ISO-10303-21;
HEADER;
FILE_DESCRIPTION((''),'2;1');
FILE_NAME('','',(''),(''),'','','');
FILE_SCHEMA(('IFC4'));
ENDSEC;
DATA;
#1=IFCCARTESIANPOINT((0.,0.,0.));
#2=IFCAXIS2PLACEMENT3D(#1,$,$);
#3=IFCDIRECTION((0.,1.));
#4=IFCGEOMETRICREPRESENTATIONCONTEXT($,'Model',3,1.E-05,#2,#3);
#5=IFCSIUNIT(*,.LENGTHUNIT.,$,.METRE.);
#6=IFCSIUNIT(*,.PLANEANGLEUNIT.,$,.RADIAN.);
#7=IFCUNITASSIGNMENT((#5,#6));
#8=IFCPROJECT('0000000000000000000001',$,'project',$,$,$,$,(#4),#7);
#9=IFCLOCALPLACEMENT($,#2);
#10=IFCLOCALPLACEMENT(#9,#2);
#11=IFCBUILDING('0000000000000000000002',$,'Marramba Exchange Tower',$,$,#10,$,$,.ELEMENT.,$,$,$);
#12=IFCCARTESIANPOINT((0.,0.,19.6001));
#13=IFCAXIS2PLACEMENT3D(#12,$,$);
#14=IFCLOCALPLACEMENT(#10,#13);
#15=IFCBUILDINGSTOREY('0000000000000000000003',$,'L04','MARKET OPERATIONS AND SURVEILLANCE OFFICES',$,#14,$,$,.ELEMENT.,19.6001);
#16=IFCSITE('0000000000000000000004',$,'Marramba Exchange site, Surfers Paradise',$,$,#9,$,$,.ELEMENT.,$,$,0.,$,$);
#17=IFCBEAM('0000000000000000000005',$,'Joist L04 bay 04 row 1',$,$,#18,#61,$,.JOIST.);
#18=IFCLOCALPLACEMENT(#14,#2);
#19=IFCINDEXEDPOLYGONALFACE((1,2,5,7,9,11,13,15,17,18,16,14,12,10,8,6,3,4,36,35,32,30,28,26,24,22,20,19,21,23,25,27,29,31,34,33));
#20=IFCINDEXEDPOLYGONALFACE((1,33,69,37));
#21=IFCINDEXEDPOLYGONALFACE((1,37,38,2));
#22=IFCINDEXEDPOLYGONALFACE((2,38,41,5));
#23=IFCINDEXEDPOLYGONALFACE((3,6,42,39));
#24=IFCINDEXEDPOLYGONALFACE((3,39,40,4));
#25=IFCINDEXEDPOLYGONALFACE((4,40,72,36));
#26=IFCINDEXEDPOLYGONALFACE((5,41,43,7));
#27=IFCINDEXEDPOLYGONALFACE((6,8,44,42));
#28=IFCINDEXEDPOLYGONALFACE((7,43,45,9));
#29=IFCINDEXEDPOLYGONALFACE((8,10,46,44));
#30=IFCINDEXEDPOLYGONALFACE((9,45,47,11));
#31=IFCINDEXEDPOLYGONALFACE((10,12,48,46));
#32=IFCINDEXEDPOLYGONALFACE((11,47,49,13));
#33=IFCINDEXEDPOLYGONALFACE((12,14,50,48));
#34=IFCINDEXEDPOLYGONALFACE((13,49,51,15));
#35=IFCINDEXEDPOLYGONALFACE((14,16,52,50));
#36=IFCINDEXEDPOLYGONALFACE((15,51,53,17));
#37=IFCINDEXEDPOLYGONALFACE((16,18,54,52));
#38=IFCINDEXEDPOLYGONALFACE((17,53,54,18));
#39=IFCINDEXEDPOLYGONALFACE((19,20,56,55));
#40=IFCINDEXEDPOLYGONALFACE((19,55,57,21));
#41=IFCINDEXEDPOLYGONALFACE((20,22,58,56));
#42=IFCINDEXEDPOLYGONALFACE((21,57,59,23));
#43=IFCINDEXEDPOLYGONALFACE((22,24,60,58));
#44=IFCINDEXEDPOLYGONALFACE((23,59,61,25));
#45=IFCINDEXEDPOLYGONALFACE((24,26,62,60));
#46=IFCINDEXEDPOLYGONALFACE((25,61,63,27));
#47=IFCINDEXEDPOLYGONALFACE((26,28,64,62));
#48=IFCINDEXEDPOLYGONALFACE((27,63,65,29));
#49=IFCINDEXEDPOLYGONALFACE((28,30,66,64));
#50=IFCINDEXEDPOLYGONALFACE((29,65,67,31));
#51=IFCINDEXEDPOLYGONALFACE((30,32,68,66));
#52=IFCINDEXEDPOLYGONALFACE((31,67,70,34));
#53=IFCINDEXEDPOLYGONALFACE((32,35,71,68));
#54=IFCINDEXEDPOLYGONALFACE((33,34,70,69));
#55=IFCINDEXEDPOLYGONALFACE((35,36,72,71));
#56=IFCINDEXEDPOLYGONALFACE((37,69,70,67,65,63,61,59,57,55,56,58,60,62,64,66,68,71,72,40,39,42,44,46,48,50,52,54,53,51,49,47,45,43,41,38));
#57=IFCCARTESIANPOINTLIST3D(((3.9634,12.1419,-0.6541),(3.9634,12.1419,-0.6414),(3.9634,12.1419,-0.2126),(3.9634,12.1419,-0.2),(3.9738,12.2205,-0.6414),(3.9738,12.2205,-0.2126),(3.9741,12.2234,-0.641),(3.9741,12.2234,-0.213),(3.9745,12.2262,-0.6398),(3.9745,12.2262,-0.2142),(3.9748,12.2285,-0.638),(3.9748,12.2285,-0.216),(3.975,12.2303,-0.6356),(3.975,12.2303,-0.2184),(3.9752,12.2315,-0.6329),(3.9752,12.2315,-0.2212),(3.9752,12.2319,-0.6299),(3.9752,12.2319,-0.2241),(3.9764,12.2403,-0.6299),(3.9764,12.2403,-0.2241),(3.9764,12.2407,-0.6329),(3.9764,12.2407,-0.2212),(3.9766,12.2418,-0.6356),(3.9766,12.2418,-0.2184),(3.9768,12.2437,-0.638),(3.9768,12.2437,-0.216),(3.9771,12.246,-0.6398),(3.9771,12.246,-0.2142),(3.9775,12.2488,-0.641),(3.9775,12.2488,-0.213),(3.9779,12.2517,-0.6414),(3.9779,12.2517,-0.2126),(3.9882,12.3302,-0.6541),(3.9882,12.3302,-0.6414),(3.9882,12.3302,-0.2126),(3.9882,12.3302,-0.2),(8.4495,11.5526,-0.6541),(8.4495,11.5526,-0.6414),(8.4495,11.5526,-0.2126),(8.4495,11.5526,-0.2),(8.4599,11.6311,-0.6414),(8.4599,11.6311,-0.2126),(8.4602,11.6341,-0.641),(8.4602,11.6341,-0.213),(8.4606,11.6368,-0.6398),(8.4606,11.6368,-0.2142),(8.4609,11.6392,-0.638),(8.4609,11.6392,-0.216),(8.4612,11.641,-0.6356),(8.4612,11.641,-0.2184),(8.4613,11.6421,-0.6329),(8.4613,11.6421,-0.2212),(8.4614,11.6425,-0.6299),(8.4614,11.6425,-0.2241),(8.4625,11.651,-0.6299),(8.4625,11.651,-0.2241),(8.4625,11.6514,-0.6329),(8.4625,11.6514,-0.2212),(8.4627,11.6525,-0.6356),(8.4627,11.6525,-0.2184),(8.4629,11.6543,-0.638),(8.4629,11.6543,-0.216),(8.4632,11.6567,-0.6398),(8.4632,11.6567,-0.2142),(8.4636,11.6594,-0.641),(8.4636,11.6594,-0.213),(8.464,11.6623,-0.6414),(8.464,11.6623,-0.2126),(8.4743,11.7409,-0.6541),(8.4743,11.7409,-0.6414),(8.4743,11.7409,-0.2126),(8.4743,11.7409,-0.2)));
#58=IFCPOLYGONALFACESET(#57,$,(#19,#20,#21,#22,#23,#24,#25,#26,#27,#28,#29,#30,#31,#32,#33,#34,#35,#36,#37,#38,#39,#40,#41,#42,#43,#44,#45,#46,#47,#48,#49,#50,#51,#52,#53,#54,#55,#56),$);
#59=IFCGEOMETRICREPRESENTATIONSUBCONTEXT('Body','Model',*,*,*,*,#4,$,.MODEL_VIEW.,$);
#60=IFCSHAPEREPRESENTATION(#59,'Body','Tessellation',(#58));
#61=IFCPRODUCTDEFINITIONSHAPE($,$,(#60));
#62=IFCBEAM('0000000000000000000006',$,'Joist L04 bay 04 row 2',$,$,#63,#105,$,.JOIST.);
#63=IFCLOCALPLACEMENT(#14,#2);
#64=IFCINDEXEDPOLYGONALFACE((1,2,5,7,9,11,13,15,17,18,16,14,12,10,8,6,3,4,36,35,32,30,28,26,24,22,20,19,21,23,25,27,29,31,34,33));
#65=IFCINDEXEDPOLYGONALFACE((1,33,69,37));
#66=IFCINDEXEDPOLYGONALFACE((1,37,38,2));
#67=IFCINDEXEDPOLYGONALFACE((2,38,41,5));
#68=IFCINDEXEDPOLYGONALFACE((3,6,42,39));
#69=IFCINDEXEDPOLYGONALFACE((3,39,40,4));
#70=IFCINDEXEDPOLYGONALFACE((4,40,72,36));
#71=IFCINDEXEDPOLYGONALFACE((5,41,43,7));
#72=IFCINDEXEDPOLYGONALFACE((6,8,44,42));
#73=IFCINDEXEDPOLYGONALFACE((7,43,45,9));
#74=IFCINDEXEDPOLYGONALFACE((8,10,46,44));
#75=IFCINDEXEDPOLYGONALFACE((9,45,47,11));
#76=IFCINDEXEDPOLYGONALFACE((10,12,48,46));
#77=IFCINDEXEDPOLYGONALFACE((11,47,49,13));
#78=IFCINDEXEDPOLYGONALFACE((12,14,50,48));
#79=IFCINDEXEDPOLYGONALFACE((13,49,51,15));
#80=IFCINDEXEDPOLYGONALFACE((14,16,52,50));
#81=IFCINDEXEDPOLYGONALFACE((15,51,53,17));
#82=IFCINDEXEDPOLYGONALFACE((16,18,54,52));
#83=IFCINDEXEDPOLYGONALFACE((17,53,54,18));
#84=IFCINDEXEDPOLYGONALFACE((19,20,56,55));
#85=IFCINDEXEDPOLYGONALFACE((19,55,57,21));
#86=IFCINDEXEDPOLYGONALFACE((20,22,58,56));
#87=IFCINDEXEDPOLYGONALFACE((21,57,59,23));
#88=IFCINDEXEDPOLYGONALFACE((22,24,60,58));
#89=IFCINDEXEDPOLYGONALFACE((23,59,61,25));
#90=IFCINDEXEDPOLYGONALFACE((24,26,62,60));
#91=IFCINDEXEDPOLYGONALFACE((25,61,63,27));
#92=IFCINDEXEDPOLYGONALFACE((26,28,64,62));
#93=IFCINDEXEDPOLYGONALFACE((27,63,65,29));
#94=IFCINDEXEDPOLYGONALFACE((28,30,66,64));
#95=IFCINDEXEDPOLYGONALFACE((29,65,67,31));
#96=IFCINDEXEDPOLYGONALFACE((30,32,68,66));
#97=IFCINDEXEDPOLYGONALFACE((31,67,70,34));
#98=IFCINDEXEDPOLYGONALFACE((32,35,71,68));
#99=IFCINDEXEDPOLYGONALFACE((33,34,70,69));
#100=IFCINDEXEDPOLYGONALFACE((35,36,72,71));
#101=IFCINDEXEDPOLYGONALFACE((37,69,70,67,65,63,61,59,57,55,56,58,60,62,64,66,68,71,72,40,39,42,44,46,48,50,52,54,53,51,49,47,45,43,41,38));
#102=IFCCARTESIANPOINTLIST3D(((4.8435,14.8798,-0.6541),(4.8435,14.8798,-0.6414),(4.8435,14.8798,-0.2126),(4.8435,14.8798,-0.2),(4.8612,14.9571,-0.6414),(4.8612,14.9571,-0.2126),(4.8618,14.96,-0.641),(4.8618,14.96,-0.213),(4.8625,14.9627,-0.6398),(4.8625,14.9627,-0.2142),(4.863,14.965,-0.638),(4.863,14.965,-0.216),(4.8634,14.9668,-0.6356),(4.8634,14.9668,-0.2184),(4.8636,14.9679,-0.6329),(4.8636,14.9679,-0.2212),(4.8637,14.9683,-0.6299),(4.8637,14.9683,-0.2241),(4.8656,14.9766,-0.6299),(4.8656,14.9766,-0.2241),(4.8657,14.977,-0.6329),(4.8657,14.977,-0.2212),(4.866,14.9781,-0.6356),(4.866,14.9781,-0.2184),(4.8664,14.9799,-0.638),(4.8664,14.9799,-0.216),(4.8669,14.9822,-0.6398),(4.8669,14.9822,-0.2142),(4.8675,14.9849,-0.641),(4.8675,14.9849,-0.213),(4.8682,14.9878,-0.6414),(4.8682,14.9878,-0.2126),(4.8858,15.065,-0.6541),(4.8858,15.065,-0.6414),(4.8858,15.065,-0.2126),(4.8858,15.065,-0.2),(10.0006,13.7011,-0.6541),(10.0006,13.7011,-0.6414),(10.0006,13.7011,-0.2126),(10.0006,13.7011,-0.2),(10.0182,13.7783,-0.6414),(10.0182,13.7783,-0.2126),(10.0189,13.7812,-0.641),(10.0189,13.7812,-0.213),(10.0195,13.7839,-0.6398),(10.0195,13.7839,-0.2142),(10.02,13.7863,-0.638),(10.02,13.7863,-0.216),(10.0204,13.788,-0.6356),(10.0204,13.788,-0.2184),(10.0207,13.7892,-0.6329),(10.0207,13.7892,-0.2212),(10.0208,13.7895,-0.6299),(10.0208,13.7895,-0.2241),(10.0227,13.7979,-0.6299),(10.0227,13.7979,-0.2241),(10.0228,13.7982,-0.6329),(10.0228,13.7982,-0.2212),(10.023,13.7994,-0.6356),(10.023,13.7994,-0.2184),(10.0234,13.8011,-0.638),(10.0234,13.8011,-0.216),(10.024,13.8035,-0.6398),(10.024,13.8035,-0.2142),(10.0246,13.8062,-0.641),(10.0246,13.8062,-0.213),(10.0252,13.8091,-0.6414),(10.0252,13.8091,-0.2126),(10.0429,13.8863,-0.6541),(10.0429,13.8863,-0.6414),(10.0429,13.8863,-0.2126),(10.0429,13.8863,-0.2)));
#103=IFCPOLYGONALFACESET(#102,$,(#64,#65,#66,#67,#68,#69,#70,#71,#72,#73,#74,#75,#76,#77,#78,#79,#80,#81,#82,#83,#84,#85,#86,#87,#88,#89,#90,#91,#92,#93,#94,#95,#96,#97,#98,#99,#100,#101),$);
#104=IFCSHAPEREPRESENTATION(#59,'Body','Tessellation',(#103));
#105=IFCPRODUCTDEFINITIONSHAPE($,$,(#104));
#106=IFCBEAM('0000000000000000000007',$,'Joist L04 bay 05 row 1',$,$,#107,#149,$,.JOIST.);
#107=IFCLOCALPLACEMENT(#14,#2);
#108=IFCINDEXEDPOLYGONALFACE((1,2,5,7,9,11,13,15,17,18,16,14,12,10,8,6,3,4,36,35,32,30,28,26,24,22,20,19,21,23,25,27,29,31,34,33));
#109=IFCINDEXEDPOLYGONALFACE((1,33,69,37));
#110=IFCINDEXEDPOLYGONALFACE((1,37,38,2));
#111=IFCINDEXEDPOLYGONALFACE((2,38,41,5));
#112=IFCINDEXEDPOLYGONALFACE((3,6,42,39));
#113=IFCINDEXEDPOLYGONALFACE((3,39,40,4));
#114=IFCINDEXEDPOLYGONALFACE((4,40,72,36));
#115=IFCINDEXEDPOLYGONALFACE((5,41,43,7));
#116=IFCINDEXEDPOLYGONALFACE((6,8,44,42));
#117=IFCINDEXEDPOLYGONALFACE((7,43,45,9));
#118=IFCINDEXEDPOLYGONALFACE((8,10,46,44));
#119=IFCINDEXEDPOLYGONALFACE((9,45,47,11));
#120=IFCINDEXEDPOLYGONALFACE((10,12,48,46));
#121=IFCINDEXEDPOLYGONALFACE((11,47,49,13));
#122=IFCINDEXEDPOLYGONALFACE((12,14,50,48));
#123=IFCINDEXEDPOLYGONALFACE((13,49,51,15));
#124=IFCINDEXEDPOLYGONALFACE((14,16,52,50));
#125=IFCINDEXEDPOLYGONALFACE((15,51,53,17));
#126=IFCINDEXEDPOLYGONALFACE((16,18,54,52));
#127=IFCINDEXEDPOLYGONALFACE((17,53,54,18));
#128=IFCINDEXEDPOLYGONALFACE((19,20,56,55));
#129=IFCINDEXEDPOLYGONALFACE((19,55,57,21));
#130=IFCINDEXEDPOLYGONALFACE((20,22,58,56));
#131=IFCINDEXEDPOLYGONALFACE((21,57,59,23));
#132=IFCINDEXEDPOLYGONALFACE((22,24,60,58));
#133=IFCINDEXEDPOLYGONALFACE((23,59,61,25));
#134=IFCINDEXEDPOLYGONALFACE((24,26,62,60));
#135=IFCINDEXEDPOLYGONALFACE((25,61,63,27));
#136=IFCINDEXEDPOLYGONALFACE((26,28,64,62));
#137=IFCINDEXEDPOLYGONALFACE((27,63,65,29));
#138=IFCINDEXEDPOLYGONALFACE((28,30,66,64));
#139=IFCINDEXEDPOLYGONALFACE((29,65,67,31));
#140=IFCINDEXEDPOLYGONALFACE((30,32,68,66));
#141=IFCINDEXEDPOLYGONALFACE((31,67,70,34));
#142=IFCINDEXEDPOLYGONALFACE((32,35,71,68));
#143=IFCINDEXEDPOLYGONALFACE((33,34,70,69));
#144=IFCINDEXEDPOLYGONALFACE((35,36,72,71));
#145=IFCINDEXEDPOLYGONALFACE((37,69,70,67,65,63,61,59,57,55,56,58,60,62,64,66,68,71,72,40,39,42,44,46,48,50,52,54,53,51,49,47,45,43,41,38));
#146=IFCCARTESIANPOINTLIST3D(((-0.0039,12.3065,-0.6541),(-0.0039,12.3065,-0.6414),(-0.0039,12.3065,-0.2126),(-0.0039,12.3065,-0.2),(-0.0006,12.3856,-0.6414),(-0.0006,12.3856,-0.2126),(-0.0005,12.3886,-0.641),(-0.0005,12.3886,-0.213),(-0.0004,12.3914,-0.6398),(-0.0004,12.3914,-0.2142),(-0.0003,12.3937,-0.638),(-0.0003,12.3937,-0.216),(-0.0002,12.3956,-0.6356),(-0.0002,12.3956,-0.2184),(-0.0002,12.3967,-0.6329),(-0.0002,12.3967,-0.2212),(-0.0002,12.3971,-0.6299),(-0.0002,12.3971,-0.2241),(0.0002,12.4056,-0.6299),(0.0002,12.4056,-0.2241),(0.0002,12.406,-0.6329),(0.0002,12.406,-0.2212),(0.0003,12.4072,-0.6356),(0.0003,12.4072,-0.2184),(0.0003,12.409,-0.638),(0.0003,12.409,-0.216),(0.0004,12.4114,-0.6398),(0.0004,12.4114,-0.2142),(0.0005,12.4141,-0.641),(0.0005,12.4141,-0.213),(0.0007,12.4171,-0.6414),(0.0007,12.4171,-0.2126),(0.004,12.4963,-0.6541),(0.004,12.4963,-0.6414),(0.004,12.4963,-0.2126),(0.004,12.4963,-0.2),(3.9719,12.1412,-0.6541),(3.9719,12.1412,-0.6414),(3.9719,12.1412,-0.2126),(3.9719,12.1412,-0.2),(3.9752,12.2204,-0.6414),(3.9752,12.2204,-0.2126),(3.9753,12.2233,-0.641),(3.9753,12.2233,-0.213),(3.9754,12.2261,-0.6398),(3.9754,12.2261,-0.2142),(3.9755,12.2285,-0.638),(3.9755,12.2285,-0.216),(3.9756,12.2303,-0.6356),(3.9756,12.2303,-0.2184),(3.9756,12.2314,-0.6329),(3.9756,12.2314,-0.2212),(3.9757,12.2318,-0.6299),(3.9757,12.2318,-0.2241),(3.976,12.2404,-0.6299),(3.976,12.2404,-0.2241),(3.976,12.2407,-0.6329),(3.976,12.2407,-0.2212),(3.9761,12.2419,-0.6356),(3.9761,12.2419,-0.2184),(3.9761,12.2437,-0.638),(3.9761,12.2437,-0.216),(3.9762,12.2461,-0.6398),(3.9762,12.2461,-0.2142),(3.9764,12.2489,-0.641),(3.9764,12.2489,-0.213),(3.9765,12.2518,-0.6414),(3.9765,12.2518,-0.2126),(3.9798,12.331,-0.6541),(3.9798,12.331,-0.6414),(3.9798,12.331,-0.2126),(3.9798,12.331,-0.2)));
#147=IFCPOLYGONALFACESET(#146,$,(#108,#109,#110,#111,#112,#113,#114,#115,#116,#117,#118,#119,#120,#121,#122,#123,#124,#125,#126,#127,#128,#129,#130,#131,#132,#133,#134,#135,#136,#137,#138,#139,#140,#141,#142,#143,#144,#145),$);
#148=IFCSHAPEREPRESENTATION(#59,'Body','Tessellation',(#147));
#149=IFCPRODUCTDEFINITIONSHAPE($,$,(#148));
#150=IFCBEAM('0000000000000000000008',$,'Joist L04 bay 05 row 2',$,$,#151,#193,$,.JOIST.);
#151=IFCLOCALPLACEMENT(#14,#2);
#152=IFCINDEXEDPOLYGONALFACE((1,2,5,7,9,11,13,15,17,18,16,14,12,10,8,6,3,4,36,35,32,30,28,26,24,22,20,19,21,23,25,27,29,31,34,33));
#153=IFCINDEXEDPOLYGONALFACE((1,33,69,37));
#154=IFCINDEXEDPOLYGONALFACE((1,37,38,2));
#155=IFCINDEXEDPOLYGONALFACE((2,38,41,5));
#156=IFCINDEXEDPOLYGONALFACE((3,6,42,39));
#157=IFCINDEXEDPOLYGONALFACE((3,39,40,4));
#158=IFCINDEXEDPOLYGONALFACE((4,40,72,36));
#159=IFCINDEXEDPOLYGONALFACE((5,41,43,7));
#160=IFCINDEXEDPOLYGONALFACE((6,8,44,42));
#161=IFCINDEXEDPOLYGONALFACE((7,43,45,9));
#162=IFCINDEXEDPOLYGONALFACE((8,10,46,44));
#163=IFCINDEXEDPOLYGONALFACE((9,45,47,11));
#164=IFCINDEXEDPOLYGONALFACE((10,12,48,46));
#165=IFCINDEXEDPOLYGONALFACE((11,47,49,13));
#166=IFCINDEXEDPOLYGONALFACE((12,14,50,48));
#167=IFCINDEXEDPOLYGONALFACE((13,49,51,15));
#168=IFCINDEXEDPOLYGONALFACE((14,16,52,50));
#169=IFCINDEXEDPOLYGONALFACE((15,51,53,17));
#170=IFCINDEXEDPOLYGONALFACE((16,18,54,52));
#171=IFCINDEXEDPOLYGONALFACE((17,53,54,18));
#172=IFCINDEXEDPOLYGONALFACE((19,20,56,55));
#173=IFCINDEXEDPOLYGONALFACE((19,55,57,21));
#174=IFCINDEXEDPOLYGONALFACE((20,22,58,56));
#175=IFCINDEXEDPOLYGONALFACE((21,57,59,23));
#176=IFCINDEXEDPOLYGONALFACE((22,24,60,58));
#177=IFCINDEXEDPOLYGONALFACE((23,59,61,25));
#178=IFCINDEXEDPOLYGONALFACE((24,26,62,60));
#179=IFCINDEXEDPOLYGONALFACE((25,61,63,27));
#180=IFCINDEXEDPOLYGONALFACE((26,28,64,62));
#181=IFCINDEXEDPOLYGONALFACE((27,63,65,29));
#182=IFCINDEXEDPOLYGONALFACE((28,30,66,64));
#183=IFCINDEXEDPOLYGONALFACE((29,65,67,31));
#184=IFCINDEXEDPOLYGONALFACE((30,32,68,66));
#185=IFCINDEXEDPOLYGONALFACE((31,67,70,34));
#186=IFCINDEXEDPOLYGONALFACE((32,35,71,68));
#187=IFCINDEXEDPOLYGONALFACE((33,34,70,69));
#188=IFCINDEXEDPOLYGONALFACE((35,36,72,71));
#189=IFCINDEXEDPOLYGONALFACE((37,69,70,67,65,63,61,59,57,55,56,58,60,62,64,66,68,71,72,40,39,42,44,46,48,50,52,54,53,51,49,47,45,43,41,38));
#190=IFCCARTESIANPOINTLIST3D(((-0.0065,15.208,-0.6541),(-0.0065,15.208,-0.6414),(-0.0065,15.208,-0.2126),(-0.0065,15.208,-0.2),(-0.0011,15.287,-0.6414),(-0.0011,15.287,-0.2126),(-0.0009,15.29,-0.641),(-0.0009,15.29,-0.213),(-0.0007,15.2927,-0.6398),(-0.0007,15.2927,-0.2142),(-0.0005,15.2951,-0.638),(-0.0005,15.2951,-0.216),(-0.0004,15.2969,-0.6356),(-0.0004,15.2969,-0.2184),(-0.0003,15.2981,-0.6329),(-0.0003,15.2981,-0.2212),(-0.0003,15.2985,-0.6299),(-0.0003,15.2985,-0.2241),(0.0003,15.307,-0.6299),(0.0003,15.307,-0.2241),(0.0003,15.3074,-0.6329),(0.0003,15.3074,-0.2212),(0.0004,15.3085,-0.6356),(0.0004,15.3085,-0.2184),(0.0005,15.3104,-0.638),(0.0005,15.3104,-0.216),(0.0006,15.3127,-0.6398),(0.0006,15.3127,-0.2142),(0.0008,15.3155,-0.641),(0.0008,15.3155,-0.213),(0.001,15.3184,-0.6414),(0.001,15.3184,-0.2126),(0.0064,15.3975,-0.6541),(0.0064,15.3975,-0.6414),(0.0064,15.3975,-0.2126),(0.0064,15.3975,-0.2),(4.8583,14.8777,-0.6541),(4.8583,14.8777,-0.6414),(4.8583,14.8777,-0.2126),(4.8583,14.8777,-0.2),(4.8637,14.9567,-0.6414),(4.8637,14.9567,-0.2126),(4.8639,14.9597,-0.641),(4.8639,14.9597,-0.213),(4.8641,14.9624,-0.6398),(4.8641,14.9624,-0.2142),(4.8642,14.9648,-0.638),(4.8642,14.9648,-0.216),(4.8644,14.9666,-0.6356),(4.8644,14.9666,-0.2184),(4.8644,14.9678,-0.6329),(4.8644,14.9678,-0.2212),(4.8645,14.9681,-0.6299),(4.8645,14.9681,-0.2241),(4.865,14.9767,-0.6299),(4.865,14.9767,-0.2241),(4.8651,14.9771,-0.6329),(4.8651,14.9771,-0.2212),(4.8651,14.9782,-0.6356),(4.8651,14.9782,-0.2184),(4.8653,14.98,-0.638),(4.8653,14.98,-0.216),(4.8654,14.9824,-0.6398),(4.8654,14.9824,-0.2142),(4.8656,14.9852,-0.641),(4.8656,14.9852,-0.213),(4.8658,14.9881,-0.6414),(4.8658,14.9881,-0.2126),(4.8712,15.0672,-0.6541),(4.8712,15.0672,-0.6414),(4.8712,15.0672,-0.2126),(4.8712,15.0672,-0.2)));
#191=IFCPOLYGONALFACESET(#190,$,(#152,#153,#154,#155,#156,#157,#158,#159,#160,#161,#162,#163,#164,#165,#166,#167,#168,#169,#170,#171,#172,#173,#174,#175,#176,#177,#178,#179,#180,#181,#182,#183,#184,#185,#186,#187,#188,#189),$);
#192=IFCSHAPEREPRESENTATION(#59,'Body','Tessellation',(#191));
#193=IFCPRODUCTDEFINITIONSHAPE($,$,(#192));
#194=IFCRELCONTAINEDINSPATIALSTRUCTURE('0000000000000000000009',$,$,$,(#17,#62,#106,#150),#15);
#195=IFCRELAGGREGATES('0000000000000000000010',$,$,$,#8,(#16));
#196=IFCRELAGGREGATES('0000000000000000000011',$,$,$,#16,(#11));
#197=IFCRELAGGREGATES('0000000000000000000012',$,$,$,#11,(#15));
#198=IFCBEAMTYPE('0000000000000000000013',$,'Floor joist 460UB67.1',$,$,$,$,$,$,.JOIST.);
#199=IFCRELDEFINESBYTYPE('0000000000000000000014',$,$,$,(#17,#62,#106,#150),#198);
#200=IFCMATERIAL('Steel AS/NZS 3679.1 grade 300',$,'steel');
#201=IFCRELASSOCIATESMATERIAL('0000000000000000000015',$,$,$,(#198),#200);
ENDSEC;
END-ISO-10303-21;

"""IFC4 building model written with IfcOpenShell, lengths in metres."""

from ifc_helpers import new_model, si_unit, direction, frame, origin, origin_2d, place, context, subcontext, project, spatial, i_section, extrude, material, material_profile, profile_set, type_object, element, save


model = new_model("IFC4")

# Units and contexts
model_context = context("Model", 3, precision=1e-05, world=origin(), true_north=direction((0.0, 1.0)))
body_context = subcontext(model_context, "Body", "Model", "MODEL_VIEW")
ifc_project = project(units=[si_unit("LENGTHUNIT", "METRE"), si_unit("PLANEANGLEUNIT", "RADIAN")], contexts=[model_context])

# Site, building, storey
site_placement = place(None, origin())
site = spatial("IfcSite", under=ifc_project, at=site_placement, Name="Marramba Exchange site, Surfers Paradise", CompositionType="ELEMENT", RefElevation=0.0)
building_placement = place(site_placement, origin())
building = spatial("IfcBuilding", under=site, at=building_placement, Name="Marramba Exchange Tower", CompositionType="ELEMENT")
storey_placement = place(building_placement, frame((0.0, 0.0, 19.6001)))
storey = spatial("IfcBuildingStorey", under=building, at=storey_placement, Name="L04", Description="MARKET OPERATIONS AND SURVEILLANCE OFFICES", CompositionType="ELEMENT", Elevation=19.6001)

# Beams
ifc_material_1 = material(Name="Steel AS/NZS 3679.1 grade 300", Category="steel")
ifc_material_profile_1 = material_profile(ifc_material_1, i_section(OverallWidth=0.1899, OverallDepth=0.4541, WebThickness=0.0085, FlangeThickness=0.0127, FilletRadius=0.0115, at=origin_2d()), Name="460UB67.1")
ifc_profile_set_1 = profile_set([ifc_material_profile_1], Name="Steel AS/NZS 3679.1 grade 300")
beam_type_1 = type_object("IfcBeamType", Name="Floor joist 460UB67.1", PredefinedType="JOIST", material=ifc_profile_set_1)
beam_1_placement = place(storey_placement, frame((8.4619, 11.6467, -0.427), z_axis=(-0.991481, 0.130255, 0.0), x_axis=(-0.130255, -0.991481, 0.0)))
element("IfcBeam", 1, at=beam_1_placement, inside=storey, type_object=beam_type_1, Name="Joist L04 bay 04 row 1", PredefinedType="JOIST", context=body_context, shape_type="SweptSolid", body=[
    extrude(i_section(OverallWidth=0.1899, OverallDepth=0.4541, WebThickness=0.0085, FlangeThickness=0.0127, FilletRadius=0.0115, at=origin_2d()), origin(), (0.0, 0.0, 1.0), 4.5247),
])
beam_2_placement = place(storey_placement, frame((10.0217, 13.7937, -0.427), z_axis=(-0.97486, 0.22282, 0.0), x_axis=(-0.22282, -0.97486, 0.0)))
element("IfcBeam", 2, at=beam_2_placement, inside=storey, type_object=beam_type_1, Name="Joist L04 bay 04 row 2", PredefinedType="JOIST", context=body_context, shape_type="SweptSolid", body=[
    extrude(i_section(OverallWidth=0.1899, OverallDepth=0.4541, WebThickness=0.0085, FlangeThickness=0.0127, FilletRadius=0.0115, at=origin_2d()), origin(), (0.0, 0.0, 1.0), 5.29),
])
beam_3_placement = place(storey_placement, frame((3.9758, 12.2361, -0.427), z_axis=(-0.999137, 0.041536, 0.0), x_axis=(-0.041536, -0.999137, 0.0)))
element("IfcBeam", 3, at=beam_3_placement, inside=storey, type_object=beam_type_1, Name="Joist L04 bay 05 row 1", PredefinedType="JOIST", context=body_context, shape_type="SweptSolid", body=[
    extrude(i_section(OverallWidth=0.1899, OverallDepth=0.4541, WebThickness=0.0085, FlangeThickness=0.0127, FilletRadius=0.0115, at=origin_2d()), origin(), (0.0, 0.0, 1.0), 3.9792),
])
beam_4_placement = place(storey_placement, frame((4.8647, 14.9724, -0.427), z_axis=(-0.997703, 0.067745, 0.0), x_axis=(-0.067745, -0.997703, 0.0)))
element("IfcBeam", 4, at=beam_4_placement, inside=storey, type_object=beam_type_1, Name="Joist L04 bay 05 row 2", PredefinedType="JOIST", context=body_context, shape_type="SweptSolid", body=[
    extrude(i_section(OverallWidth=0.1899, OverallDepth=0.4541, WebThickness=0.0085, FlangeThickness=0.0127, FilletRadius=0.0115, at=origin_2d()), origin(), (0.0, 0.0, 1.0), 4.876),
])

save(model, "model.ifc")
